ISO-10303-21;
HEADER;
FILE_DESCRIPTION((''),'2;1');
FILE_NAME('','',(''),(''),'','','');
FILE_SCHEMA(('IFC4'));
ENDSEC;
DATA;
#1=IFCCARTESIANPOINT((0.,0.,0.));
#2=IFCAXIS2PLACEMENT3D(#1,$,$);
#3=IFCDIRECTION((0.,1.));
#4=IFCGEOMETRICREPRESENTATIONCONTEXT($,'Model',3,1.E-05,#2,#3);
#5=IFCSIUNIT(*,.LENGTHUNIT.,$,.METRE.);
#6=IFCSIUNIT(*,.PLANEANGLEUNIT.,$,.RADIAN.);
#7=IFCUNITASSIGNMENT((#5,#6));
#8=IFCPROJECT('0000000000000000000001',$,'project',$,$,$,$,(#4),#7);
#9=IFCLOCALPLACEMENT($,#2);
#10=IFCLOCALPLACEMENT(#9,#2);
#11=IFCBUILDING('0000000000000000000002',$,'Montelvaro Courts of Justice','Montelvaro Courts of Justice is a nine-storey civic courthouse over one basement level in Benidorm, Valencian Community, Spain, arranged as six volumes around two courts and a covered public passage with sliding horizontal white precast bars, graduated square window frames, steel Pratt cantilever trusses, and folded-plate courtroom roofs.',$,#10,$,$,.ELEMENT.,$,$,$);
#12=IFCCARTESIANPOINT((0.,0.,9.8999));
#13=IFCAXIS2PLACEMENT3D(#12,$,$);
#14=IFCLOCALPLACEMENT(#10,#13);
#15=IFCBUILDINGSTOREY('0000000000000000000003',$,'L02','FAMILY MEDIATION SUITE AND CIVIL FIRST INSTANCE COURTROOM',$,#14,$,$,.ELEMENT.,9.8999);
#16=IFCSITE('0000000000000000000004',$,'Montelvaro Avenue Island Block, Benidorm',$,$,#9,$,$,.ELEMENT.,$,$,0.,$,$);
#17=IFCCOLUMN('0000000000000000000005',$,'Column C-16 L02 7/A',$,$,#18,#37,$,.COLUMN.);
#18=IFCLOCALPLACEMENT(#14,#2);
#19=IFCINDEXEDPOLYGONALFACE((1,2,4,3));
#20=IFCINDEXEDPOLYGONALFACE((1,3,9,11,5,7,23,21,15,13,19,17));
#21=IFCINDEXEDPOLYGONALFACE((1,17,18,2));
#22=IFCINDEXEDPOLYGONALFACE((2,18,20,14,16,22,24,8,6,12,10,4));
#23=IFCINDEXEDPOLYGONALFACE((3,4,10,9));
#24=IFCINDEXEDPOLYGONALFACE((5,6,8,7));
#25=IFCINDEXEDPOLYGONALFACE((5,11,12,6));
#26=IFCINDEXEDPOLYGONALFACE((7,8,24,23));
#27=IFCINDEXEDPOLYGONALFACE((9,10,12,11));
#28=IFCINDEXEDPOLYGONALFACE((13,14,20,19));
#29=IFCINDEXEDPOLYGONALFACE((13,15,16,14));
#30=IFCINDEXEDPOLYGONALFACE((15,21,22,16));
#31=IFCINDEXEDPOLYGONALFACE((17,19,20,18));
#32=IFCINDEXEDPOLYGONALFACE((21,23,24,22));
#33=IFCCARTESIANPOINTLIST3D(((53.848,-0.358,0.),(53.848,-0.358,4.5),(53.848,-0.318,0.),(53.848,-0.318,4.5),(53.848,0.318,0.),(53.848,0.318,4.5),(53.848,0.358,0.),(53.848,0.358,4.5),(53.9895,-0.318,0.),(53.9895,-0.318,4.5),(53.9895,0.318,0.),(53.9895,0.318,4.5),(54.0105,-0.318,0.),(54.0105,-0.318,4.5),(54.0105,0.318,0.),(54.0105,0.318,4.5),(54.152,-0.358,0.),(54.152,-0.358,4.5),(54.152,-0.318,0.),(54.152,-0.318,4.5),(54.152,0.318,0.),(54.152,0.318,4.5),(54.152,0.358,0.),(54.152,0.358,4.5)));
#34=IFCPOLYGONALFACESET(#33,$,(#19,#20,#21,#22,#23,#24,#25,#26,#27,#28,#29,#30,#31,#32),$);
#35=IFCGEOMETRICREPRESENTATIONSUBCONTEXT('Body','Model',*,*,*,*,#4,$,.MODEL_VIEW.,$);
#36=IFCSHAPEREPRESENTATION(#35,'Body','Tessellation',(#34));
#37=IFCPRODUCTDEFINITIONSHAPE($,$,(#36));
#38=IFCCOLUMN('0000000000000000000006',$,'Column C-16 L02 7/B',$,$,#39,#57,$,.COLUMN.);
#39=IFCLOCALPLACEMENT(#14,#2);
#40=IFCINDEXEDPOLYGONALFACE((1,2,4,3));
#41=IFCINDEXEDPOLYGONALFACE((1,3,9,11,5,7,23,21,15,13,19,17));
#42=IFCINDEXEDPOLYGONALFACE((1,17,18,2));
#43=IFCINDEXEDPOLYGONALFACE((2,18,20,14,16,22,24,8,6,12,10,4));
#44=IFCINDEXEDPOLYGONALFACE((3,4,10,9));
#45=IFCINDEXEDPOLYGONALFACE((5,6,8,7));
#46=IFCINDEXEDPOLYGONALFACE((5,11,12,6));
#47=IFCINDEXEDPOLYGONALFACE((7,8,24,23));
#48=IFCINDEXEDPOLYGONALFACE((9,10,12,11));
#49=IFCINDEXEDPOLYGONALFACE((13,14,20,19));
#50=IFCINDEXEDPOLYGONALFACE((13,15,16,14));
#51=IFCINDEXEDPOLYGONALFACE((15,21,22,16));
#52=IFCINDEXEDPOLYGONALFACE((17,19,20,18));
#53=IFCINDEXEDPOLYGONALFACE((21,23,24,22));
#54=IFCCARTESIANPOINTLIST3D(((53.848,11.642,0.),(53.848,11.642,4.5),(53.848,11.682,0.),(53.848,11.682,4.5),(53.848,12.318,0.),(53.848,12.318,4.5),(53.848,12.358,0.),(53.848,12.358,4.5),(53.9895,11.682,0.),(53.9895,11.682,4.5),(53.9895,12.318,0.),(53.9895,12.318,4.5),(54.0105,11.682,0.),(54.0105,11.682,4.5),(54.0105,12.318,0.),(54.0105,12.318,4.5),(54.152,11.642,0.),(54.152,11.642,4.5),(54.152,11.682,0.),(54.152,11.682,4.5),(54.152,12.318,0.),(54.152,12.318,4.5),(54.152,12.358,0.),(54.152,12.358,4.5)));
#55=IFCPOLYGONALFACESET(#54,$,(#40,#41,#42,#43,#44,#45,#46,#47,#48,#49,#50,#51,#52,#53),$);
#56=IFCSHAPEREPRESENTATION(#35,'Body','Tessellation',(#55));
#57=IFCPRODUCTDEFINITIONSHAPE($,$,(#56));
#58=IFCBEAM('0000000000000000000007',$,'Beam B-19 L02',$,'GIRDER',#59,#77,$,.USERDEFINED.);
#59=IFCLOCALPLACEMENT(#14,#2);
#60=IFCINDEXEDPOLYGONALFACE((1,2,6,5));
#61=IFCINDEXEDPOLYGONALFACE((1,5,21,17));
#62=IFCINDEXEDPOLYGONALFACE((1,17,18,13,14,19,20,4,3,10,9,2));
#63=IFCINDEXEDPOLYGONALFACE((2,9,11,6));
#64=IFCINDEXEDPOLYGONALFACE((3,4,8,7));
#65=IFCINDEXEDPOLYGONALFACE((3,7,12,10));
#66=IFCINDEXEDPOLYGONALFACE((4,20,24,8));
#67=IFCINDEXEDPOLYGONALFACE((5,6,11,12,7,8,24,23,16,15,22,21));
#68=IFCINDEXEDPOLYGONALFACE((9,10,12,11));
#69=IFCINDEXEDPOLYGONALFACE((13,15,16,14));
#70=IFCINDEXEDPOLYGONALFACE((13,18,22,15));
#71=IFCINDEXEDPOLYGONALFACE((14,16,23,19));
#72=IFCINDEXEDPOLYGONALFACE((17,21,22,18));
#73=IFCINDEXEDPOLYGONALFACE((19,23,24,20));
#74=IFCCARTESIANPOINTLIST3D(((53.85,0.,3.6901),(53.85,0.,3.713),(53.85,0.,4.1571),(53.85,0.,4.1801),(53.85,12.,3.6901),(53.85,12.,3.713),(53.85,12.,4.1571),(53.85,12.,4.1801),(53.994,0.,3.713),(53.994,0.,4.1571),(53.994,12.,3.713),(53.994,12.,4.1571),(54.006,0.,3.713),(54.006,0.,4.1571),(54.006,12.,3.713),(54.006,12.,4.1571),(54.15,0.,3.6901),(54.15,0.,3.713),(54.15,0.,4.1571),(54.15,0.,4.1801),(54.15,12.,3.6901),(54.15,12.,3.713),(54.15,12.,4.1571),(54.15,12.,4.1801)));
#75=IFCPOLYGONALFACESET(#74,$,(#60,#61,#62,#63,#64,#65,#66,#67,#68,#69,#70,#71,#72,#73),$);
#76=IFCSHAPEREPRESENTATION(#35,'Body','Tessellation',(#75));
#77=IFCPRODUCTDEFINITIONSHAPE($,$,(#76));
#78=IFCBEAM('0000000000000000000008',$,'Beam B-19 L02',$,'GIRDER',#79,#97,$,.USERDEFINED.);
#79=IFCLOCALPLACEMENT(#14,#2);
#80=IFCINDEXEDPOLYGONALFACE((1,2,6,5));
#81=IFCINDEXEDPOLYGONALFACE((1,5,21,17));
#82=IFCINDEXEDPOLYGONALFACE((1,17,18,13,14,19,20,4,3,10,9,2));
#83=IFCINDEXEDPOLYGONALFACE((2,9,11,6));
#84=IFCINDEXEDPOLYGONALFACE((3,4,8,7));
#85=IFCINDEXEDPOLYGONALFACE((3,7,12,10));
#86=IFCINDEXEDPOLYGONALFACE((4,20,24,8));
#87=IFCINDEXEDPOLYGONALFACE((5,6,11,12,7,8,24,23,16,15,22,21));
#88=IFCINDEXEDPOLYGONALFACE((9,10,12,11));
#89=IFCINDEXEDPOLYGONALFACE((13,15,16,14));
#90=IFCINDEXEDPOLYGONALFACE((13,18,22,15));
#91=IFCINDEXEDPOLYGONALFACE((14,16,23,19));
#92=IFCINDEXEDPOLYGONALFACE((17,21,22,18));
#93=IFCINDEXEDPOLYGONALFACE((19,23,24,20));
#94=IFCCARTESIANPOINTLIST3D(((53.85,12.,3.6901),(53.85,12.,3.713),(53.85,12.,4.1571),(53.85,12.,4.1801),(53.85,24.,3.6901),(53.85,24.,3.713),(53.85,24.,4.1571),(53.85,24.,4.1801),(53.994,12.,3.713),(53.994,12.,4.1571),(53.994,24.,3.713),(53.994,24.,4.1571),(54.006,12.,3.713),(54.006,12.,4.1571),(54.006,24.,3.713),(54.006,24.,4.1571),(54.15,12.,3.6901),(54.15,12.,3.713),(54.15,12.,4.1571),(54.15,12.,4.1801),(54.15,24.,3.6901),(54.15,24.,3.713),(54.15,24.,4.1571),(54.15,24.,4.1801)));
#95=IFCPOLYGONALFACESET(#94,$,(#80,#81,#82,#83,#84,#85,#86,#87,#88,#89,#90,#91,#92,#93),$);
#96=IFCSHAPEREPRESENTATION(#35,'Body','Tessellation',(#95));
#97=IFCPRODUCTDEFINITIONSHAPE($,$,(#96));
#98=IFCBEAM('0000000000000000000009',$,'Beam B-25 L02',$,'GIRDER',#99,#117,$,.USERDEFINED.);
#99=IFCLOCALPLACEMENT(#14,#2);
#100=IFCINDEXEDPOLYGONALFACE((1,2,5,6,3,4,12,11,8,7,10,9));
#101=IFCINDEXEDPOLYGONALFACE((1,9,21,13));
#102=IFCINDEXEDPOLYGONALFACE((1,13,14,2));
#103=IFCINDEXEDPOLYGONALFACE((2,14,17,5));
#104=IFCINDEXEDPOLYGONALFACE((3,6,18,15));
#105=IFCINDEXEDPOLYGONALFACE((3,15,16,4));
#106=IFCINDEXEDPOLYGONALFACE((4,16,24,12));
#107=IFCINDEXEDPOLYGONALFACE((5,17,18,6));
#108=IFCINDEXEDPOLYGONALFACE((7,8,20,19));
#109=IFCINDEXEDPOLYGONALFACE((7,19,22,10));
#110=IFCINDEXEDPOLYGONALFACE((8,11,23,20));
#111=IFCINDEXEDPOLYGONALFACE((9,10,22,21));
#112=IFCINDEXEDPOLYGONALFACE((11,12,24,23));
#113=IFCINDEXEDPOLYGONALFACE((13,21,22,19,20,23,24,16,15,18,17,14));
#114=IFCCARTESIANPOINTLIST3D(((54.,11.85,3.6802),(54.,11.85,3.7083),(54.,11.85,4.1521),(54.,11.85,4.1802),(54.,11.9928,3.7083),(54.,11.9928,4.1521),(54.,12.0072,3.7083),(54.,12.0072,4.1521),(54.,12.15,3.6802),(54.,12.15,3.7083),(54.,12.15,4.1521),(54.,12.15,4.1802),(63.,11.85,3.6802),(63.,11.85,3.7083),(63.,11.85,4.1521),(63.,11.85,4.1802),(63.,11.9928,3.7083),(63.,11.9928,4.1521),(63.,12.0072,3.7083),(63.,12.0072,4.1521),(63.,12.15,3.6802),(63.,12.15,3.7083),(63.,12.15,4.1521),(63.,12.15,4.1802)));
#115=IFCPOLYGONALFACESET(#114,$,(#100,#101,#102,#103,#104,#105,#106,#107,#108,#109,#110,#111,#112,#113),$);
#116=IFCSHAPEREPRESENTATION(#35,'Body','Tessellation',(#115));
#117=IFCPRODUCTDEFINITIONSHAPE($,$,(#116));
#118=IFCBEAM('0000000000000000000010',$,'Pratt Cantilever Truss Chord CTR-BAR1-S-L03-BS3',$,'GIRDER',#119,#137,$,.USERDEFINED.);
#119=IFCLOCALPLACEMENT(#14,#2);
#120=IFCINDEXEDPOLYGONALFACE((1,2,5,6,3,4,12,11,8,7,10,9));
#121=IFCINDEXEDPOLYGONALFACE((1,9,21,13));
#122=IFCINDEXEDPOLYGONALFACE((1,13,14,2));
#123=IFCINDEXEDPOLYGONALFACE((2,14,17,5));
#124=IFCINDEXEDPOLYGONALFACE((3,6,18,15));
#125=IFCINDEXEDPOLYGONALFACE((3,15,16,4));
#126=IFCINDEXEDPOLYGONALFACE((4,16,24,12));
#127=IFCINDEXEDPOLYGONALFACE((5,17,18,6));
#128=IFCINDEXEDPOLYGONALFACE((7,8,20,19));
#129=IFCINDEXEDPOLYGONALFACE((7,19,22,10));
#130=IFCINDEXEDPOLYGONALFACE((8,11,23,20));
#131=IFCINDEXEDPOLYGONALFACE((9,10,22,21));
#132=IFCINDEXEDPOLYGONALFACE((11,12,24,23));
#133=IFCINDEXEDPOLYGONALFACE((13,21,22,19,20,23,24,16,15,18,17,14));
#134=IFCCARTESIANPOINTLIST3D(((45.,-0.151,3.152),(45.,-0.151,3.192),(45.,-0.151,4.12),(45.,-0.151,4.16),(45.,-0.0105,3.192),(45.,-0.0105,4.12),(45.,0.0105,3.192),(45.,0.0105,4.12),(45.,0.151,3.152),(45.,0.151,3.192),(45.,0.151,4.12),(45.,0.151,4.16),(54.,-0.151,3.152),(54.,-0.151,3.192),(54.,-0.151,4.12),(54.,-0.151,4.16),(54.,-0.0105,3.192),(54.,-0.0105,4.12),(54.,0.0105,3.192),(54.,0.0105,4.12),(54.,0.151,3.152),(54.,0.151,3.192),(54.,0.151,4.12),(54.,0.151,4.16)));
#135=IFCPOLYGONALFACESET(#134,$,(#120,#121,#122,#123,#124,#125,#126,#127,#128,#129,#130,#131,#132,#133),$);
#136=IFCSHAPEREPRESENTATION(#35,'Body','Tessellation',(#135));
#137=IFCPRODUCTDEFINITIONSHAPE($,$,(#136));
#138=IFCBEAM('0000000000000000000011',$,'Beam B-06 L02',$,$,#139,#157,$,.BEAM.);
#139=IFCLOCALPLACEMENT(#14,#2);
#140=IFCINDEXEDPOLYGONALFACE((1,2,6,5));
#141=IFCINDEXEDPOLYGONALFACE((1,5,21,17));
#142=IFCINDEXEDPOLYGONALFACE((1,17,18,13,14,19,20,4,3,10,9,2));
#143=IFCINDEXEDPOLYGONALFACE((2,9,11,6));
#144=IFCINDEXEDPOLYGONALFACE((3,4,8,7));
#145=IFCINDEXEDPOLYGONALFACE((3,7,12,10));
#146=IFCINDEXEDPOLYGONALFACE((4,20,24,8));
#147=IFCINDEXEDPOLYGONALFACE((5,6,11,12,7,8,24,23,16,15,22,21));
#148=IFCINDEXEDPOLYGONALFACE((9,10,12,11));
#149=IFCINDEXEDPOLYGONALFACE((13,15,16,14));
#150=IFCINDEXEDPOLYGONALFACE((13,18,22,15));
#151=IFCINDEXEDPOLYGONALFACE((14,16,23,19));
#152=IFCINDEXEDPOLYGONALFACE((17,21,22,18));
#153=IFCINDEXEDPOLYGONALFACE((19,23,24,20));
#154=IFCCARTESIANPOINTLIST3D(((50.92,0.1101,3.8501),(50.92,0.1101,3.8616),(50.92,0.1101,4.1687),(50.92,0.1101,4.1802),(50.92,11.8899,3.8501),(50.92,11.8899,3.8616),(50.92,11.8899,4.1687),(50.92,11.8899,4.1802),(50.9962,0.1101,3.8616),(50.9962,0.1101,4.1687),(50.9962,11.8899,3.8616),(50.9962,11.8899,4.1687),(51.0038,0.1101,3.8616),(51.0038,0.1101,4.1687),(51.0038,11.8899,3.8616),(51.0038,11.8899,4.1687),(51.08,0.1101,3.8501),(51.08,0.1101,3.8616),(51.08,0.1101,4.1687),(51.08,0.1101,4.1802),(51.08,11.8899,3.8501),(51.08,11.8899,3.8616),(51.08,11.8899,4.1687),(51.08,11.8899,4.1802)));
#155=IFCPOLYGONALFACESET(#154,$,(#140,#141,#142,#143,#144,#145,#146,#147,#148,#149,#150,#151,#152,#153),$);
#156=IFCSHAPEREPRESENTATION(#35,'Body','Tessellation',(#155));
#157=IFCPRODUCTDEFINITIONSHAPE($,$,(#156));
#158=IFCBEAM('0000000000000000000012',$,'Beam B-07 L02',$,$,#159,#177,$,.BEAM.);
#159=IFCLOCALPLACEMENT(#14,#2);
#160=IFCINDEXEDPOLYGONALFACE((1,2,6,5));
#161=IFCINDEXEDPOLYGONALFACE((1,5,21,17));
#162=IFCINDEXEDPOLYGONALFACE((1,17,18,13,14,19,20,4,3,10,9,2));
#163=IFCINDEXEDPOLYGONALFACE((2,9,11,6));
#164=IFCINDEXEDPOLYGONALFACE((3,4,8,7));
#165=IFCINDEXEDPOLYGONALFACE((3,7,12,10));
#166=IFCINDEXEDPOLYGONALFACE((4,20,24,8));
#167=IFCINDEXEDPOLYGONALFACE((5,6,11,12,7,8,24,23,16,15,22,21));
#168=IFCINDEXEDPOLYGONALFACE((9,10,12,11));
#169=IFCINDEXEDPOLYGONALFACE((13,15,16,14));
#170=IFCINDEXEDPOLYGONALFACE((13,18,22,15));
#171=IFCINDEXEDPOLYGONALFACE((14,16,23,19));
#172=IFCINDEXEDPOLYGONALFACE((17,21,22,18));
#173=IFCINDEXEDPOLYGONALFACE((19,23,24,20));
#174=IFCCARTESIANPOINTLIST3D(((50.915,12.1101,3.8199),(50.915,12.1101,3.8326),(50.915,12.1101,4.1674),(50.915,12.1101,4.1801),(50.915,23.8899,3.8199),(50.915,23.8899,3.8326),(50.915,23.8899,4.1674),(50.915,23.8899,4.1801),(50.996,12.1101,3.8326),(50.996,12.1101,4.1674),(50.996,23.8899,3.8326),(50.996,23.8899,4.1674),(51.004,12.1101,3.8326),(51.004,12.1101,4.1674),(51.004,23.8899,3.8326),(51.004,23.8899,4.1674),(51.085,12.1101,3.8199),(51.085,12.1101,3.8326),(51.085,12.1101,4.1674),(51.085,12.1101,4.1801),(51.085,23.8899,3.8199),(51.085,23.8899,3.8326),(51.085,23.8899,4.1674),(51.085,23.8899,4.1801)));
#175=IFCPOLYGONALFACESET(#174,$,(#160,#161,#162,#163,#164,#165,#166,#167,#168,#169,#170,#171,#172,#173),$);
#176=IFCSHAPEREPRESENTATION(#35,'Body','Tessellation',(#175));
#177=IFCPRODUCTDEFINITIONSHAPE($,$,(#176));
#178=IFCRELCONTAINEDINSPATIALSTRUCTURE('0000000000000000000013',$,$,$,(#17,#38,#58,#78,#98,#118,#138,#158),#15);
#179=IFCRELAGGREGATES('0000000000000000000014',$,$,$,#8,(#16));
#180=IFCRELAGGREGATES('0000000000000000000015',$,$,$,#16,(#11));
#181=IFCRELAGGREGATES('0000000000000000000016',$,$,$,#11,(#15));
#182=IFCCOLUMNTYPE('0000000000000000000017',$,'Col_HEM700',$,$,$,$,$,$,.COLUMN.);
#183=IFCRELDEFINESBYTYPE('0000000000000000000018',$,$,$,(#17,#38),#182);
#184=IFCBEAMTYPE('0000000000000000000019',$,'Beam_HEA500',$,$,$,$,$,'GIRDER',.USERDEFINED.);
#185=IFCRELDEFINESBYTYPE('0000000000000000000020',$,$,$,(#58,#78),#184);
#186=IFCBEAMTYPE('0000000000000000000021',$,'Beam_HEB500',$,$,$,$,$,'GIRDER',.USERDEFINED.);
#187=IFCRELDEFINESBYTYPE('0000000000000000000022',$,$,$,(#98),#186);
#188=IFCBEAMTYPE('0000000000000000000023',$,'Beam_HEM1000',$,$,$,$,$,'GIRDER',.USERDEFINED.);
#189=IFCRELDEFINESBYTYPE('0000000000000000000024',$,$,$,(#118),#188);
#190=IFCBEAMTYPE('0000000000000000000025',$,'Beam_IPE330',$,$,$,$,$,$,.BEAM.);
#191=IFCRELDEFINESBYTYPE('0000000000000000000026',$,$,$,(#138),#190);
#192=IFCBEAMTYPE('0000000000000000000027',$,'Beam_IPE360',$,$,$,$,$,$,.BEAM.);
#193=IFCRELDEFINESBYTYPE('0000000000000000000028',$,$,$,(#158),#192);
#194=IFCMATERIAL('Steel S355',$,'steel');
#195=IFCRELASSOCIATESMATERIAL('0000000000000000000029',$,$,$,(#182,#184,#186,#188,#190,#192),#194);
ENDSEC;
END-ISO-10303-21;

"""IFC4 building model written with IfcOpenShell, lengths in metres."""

from ifc_helpers import new_model, si_unit, direction, frame, origin, origin_2d, place, context, subcontext, project, spatial, i_section, extrude, material, material_profile, profile_set, type_object, element, save


model = new_model("IFC4")

# Units and contexts
model_context = context("Model", 3, precision=1e-05, world=origin(), true_north=direction((0.0, 1.0)))
body_context = subcontext(model_context, "Body", "Model", "MODEL_VIEW")
ifc_project = project(units=[si_unit("LENGTHUNIT", "METRE"), si_unit("PLANEANGLEUNIT", "RADIAN")], contexts=[model_context])

# Site, building, storey
site_placement = place(None, origin())
site = spatial("IfcSite", under=ifc_project, at=site_placement, Name="Montelvaro Avenue Island Block, Benidorm", CompositionType="ELEMENT", RefElevation=0.0)
building_placement = place(site_placement, origin())
building = spatial("IfcBuilding", under=site, at=building_placement, Name="Montelvaro Courts of Justice", Description="Montelvaro Courts of Justice is a nine-storey civic courthouse over one basement level in Benidorm, Valencian Community, Spain, arranged as six volumes around two courts and a covered public passage with sliding horizontal white precast bars, graduated square window frames, steel Pratt cantilever trusses, and folded-plate courtroom roofs.", CompositionType="ELEMENT")
storey_placement = place(building_placement, frame((0.0, 0.0, 9.8999)))
storey = spatial("IfcBuildingStorey", under=building, at=storey_placement, Name="L02", Description="FAMILY MEDIATION SUITE AND CIVIL FIRST INSTANCE COURTROOM", CompositionType="ELEMENT", Elevation=9.8999)

# Columns
ifc_material_1 = material(Name="Steel S355", Category="steel")
ifc_material_profile_1 = material_profile(ifc_material_1, i_section(OverallWidth=0.304, OverallDepth=0.7161, WebThickness=0.021, FlangeThickness=0.04, at=origin_2d()), Name="HEM 700")
ifc_profile_set_1 = profile_set([ifc_material_profile_1], Name="Steel S355")
column_type = type_object("IfcColumnType", Name="Col_HEM700", PredefinedType="COLUMN", material=ifc_profile_set_1)
for number, where, z_axis, x_axis, name in (
    (1, (54.0, 0.0, 0.0), (0.0, 0.0, 1.0), (1.0, 0.0, 0.0), "Column C-16 L02 7/A"),
    (2, (54.0, 12.0, 0.0), (0.0, 0.0, 1.0), (1.0, 0.0, 0.0), "Column C-16 L02 7/B"),
):
    element("IfcColumn", number, at=place(storey_placement, frame(where, z_axis=z_axis, x_axis=x_axis)), inside=storey, type_object=column_type, Name=name, PredefinedType="COLUMN", context=body_context, shape_type="SweptSolid", body=[
        extrude(i_section(OverallWidth=0.304, OverallDepth=0.7161, WebThickness=0.021, FlangeThickness=0.04, at=origin_2d()), origin(), (0.0, 0.0, 1.0), 4.5),
    ])

# Beams
ifc_material_profile_2 = material_profile(ifc_material_1, i_section(OverallWidth=0.3, OverallDepth=0.49, WebThickness=0.012, FlangeThickness=0.0229, at=origin_2d()), Name="HEA 500")
ifc_profile_set_2 = profile_set([ifc_material_profile_2], Name="Steel S355")
beam_type_1 = type_object("IfcBeamType", Name="Beam_HEA500", ElementType="GIRDER", PredefinedType="USERDEFINED", material=ifc_profile_set_2)
for number, where, z_axis, x_axis, name in (
    (3, (54.0, 0.0, 3.9351), (0.0, 1.0, 0.0), (-1.0, 0.0, 0.0), "Beam B-19 L02"),
    (4, (54.0, 12.0, 3.9351), (0.0, 1.0, 0.0), (-1.0, 0.0, 0.0), "Beam B-19 L02"),
):
    element("IfcBeam", number, at=place(storey_placement, frame(where, z_axis=z_axis, x_axis=x_axis)), inside=storey, type_object=beam_type_1, Name=name, ObjectType="GIRDER", PredefinedType="USERDEFINED", context=body_context, shape_type="SweptSolid", body=[
        extrude(i_section(OverallWidth=0.3, OverallDepth=0.49, WebThickness=0.012, FlangeThickness=0.0229, at=origin_2d()), origin(), (0.0, 0.0, 1.0), 12.0),
    ])
ifc_material_profile_3 = material_profile(ifc_material_1, i_section(OverallWidth=0.3, OverallDepth=0.5, WebThickness=0.0144, FlangeThickness=0.0281, at=origin_2d()), Name="HEB 500")
ifc_profile_set_3 = profile_set([ifc_material_profile_3], Name="Steel S355")
beam_type_2 = type_object("IfcBeamType", Name="Beam_HEB500", ElementType="GIRDER", PredefinedType="USERDEFINED", material=ifc_profile_set_3)
beam_1_placement = place(storey_placement, frame((54.0, 12.0, 3.9302), z_axis=(1.0, 0.0, 0.0), x_axis=(0.0, 1.0, 0.0)))
element("IfcBeam", 5, at=beam_1_placement, inside=storey, type_object=beam_type_2, Name="Beam B-25 L02", ObjectType="GIRDER", PredefinedType="USERDEFINED", context=body_context, shape_type="SweptSolid", body=[
    extrude(i_section(OverallWidth=0.3, OverallDepth=0.5, WebThickness=0.0144, FlangeThickness=0.0281, at=origin_2d()), origin(), (0.0, 0.0, 1.0), 9.0),
])
ifc_material_profile_4 = material_profile(ifc_material_1, i_section(OverallWidth=0.302, OverallDepth=1.0081, WebThickness=0.021, FlangeThickness=0.04, at=origin_2d()), Name="HEM 1000")
ifc_profile_set_4 = profile_set([ifc_material_profile_4], Name="Steel S355")
beam_type_3 = type_object("IfcBeamType", Name="Beam_HEM1000", ElementType="GIRDER", PredefinedType="USERDEFINED", material=ifc_profile_set_4)
beam_2_placement = place(storey_placement, frame((54.0, 0.0, 3.656), z_axis=(-1.0, 0.0, 0.0), x_axis=(0.0, -1.0, 0.0)))
element("IfcBeam", 6, at=beam_2_placement, inside=storey, type_object=beam_type_3, Name="Pratt Cantilever Truss Chord CTR-BAR1-S-L03-BS3", ObjectType="GIRDER", PredefinedType="USERDEFINED", context=body_context, shape_type="SweptSolid", body=[
    extrude(i_section(OverallWidth=0.302, OverallDepth=1.0081, WebThickness=0.021, FlangeThickness=0.04, at=origin_2d()), origin(), (0.0, 0.0, 1.0), 9.0),
])
ifc_material_profile_5 = material_profile(ifc_material_1, i_section(OverallWidth=0.1599, OverallDepth=0.3301, WebThickness=0.0076, FlangeThickness=0.0115, at=origin_2d()), Name="IPE 330")
ifc_profile_set_5 = profile_set([ifc_material_profile_5], Name="Steel S355")
beam_type_4 = type_object("IfcBeamType", Name="Beam_IPE330", PredefinedType="BEAM", material=ifc_profile_set_5)
beam_3_placement = place(storey_placement, frame((51.0, 0.1101, 4.0151), z_axis=(0.0, 1.0, 0.0), x_axis=(-1.0, 0.0, 0.0)))
element("IfcBeam", 7, at=beam_3_placement, inside=storey, type_object=beam_type_4, Name="Beam B-06 L02", PredefinedType="BEAM", context=body_context, shape_type="SweptSolid", body=[
    extrude(i_section(OverallWidth=0.1599, OverallDepth=0.3301, WebThickness=0.0076, FlangeThickness=0.0115, at=origin_2d()), origin(), (0.0, 0.0, 1.0), 11.7798),
])
ifc_material_profile_6 = material_profile(ifc_material_1, i_section(OverallWidth=0.1699, OverallDepth=0.3601, WebThickness=0.0081, FlangeThickness=0.0127, at=origin_2d()), Name="IPE 360")
ifc_profile_set_6 = profile_set([ifc_material_profile_6], Name="Steel S355")
beam_type_5 = type_object("IfcBeamType", Name="Beam_IPE360", PredefinedType="BEAM", material=ifc_profile_set_6)
for number, where, z_axis, x_axis, name in (
    (8, (51.0, 12.1101, 4.0), (0.0, 1.0, 0.0), (-1.0, 0.0, 0.0), "Beam B-07 L02"),
):
    element("IfcBeam", number, at=place(storey_placement, frame(where, z_axis=z_axis, x_axis=x_axis)), inside=storey, type_object=beam_type_5, Name=name, PredefinedType="BEAM", context=body_context, shape_type="SweptSolid", body=[
        extrude(i_section(OverallWidth=0.1699, OverallDepth=0.3601, WebThickness=0.0081, FlangeThickness=0.0127, at=origin_2d()), origin(), (0.0, 0.0, 1.0), 11.7798),
    ])

save(model, "model.ifc")
